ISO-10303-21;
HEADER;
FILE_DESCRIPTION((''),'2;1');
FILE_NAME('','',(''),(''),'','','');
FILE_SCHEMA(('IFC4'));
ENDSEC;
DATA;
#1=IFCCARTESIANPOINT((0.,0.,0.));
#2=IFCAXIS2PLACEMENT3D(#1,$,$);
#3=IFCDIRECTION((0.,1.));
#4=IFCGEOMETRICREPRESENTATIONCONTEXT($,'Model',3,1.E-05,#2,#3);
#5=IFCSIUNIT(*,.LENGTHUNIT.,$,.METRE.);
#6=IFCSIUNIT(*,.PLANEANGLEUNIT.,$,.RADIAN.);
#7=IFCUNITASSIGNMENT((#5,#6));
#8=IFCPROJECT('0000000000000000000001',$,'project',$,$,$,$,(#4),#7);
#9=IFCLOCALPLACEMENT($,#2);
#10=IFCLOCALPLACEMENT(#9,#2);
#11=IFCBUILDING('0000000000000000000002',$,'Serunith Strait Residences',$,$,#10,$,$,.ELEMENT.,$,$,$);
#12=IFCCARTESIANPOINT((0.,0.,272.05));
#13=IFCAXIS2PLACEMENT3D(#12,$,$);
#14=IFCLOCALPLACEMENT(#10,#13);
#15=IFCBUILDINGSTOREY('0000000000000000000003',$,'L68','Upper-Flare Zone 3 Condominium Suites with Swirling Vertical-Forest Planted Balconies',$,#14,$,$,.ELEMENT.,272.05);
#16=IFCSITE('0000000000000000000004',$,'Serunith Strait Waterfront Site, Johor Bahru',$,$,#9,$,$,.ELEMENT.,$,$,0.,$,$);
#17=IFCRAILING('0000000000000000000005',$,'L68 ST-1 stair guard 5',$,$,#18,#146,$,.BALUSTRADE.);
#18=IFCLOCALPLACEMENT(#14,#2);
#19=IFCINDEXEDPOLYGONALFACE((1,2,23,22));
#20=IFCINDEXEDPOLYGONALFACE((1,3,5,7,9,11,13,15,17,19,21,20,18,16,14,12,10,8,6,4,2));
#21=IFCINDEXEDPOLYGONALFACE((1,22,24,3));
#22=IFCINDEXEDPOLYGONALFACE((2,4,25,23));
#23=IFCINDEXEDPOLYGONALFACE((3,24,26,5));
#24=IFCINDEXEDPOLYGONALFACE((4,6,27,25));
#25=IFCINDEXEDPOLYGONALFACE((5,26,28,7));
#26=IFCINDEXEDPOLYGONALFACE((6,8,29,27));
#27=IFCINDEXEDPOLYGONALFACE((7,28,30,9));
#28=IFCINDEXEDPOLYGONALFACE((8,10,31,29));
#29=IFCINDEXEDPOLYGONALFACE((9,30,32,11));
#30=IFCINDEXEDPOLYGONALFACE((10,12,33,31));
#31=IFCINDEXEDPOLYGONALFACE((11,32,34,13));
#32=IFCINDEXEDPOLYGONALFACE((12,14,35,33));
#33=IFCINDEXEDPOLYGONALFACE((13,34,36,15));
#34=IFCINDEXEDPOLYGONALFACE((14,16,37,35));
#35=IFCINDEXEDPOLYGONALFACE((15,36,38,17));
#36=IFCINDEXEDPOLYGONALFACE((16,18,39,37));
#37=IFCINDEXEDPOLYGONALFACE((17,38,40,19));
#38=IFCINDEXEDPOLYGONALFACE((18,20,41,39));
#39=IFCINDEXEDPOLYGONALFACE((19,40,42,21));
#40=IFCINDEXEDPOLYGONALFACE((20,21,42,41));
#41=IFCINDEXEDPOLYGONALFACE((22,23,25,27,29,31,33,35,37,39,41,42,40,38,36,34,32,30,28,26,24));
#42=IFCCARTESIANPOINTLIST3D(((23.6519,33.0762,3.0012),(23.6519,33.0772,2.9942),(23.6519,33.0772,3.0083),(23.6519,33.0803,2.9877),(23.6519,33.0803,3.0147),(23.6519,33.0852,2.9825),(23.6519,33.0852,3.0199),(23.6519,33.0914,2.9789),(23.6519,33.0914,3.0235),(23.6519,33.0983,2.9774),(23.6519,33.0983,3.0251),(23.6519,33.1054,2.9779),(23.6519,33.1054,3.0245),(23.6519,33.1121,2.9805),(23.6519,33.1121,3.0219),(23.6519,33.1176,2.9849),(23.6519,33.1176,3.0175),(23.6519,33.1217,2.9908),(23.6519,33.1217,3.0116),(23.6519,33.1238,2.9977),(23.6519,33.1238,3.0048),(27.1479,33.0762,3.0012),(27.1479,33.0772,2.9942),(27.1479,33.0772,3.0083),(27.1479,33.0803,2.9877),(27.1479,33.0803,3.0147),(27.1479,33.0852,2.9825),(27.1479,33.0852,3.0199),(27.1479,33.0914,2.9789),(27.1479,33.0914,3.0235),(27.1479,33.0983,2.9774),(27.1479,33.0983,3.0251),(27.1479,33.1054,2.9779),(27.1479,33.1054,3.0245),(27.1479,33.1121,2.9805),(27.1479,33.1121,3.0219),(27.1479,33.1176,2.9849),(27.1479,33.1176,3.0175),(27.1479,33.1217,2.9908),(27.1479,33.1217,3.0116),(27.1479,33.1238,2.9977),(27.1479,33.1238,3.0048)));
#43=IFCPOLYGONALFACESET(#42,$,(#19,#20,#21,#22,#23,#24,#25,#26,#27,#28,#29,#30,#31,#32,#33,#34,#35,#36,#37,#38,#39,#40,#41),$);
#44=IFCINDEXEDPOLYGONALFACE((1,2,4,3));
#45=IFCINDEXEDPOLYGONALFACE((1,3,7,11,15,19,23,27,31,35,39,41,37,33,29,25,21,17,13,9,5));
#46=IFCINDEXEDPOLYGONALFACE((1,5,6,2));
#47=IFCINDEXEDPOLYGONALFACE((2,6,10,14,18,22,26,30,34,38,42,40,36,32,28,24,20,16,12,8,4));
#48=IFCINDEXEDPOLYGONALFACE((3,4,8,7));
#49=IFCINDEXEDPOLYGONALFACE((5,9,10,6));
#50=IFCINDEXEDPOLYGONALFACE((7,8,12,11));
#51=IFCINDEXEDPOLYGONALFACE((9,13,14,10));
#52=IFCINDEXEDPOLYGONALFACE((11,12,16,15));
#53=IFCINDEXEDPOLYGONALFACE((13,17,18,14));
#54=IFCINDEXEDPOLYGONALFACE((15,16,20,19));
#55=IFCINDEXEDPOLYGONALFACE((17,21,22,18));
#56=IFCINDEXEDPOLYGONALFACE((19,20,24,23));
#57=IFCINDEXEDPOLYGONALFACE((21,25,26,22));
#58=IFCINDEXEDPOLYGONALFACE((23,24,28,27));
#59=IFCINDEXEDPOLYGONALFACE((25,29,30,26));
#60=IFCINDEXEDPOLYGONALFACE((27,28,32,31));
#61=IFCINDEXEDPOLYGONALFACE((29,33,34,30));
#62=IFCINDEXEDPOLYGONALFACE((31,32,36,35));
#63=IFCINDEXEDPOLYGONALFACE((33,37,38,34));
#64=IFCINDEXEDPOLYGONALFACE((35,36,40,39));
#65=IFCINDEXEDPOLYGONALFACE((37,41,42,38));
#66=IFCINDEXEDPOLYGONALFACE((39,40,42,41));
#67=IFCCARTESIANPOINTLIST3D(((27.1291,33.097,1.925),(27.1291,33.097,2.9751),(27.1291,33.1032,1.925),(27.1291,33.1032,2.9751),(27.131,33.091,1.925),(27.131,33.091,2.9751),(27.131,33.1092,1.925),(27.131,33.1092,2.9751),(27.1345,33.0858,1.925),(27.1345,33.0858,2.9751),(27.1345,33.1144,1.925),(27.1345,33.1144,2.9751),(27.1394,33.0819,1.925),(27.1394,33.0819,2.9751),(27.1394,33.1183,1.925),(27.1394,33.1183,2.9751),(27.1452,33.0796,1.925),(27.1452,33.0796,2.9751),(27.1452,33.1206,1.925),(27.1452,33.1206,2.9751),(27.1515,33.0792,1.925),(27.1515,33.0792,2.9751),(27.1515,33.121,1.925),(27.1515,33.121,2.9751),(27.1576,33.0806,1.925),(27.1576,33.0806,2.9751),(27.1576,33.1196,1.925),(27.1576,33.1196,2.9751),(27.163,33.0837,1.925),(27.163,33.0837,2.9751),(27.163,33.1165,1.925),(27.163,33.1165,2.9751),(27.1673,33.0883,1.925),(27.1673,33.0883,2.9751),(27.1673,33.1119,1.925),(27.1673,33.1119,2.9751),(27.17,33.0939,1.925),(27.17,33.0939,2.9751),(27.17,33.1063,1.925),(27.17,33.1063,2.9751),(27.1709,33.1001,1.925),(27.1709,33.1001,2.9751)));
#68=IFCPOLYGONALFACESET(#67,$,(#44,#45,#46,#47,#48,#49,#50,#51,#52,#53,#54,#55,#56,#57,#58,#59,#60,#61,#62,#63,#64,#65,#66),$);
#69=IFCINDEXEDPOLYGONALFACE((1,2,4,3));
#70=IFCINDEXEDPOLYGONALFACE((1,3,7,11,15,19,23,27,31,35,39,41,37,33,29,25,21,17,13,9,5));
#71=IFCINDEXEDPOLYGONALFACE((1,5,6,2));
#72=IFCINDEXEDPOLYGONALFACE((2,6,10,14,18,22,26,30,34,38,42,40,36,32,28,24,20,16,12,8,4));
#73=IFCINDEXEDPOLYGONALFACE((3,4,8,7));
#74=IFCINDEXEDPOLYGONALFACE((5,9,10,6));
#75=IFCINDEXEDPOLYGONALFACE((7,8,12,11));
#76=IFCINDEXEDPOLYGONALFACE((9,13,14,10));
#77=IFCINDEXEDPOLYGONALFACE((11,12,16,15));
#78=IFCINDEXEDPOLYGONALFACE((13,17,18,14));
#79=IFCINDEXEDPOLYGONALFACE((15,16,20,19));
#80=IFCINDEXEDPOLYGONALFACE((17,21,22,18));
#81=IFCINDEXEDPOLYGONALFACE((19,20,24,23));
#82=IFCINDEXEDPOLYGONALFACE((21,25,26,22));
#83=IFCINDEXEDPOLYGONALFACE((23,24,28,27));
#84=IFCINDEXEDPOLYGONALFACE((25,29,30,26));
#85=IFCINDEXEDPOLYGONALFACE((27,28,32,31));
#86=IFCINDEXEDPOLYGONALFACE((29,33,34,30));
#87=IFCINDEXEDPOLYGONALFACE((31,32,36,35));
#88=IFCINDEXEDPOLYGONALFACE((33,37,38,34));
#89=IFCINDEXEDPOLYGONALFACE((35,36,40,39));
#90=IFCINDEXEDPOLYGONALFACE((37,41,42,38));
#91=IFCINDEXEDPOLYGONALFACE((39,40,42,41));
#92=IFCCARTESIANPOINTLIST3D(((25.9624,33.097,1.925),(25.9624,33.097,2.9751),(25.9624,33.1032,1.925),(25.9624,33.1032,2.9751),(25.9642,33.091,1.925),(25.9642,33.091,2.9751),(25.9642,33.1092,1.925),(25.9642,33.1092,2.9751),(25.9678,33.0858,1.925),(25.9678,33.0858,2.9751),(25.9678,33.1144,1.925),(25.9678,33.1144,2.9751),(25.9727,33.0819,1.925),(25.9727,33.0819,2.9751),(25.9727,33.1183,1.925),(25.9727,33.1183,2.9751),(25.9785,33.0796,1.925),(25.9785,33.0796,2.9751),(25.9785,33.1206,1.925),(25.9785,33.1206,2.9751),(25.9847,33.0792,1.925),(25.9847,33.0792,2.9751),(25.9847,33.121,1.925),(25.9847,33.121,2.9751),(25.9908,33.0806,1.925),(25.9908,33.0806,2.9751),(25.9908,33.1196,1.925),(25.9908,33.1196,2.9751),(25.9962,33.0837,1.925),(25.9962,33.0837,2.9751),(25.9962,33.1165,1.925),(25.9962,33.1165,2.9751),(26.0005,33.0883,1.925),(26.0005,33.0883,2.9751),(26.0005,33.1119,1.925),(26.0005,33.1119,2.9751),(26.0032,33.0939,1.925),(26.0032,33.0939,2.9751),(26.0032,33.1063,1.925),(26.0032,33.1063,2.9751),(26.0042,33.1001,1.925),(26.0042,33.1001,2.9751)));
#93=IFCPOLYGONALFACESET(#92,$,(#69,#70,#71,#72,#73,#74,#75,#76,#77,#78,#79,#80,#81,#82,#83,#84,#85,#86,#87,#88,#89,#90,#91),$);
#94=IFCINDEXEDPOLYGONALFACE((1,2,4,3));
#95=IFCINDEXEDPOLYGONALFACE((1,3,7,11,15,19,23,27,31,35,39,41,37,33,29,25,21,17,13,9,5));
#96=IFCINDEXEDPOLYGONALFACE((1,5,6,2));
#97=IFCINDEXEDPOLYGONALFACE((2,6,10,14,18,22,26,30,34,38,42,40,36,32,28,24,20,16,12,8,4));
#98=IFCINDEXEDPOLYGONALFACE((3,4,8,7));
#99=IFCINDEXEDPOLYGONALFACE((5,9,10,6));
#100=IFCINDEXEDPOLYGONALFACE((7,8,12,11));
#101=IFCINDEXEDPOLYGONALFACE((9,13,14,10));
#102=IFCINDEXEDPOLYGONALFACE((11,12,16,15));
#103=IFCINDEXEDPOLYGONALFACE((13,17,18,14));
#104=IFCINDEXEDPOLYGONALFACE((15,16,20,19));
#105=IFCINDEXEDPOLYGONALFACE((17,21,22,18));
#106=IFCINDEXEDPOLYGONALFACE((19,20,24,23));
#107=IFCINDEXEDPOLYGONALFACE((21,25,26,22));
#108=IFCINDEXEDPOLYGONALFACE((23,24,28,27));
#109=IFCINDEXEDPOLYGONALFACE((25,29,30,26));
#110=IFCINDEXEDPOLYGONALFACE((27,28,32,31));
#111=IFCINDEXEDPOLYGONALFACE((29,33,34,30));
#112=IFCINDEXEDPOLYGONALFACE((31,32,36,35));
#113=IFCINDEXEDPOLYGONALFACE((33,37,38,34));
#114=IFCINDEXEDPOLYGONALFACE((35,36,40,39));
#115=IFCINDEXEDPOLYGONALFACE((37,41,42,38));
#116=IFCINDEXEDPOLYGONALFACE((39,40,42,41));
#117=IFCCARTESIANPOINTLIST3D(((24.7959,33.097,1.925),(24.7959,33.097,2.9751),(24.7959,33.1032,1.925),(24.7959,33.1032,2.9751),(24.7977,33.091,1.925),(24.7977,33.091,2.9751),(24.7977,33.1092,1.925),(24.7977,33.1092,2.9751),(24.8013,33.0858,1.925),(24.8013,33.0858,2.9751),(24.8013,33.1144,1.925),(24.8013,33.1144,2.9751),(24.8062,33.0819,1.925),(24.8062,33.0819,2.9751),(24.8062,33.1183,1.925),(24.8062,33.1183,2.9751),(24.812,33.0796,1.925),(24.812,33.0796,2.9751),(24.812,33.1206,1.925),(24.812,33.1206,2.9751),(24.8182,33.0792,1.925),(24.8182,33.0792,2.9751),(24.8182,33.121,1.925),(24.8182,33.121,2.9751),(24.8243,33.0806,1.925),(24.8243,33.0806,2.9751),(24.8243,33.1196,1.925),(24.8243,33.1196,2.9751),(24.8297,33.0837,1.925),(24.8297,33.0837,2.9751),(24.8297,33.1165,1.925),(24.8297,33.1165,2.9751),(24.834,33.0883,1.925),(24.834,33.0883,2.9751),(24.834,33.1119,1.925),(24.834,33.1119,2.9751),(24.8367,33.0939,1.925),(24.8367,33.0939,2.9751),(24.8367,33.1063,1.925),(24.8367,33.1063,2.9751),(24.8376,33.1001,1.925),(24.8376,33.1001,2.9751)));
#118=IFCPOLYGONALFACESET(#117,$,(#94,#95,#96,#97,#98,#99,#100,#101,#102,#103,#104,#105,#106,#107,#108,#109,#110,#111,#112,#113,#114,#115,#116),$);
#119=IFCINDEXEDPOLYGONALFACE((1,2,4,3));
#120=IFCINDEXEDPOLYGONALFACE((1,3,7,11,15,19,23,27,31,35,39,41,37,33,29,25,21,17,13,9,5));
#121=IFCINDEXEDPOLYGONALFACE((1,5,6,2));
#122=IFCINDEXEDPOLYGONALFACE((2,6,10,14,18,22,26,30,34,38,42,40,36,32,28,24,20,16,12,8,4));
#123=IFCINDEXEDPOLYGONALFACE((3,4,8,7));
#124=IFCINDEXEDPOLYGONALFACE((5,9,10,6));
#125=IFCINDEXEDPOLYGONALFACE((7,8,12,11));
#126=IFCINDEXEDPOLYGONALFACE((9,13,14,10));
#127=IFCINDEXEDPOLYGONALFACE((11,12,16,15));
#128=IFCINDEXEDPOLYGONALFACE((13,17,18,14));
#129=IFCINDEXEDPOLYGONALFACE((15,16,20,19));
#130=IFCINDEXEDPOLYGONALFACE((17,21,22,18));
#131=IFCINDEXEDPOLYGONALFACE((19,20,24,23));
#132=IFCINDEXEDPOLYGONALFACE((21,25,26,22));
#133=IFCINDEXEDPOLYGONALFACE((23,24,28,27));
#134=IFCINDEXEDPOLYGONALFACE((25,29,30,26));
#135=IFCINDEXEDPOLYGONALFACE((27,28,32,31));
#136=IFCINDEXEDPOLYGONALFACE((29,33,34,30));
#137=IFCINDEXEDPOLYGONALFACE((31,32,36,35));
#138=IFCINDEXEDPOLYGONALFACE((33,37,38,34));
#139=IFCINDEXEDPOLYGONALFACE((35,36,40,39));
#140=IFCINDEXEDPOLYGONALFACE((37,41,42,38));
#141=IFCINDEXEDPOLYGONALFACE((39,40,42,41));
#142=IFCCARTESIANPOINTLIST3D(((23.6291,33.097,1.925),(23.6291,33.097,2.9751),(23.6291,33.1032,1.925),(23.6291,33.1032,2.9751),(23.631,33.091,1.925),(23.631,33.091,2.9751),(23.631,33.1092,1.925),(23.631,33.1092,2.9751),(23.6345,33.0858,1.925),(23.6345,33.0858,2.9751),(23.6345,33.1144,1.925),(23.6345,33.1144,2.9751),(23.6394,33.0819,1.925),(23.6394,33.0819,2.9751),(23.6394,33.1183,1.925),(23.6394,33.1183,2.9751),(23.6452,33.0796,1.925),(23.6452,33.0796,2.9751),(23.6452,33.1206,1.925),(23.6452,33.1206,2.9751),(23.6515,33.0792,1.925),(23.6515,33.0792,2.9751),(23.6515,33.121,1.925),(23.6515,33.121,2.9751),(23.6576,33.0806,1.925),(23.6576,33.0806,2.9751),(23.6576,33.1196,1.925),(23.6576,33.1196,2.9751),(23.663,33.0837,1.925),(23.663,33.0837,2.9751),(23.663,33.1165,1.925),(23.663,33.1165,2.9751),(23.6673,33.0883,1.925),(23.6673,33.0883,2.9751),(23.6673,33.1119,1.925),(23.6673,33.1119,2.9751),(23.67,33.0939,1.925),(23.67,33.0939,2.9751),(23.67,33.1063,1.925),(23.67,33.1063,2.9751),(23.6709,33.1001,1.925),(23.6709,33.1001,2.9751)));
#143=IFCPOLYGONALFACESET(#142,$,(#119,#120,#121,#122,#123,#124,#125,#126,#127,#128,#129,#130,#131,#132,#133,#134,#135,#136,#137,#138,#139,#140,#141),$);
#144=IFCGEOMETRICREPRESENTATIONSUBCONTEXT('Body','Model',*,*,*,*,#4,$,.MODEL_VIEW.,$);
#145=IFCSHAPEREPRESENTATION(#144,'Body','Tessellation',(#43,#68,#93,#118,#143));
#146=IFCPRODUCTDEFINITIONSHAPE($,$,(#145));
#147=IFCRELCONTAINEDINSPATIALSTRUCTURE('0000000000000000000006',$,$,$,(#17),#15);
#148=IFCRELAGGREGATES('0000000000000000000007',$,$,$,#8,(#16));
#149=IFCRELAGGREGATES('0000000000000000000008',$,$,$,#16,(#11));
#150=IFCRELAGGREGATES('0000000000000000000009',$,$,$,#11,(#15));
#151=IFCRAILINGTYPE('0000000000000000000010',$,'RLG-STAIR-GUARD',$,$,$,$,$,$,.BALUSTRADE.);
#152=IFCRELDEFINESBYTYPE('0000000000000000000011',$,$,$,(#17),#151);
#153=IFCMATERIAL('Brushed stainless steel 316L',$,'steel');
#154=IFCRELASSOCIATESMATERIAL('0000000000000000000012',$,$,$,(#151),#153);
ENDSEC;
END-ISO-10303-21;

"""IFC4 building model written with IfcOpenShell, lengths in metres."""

from ifc_helpers import new_model, si_unit, direction, frame, origin, origin_2d, place, context, subcontext, project, spatial, circle, extrude, material, type_object, element, save


model = new_model("IFC4")

# Units and contexts
model_context = context("Model", 3, precision=1e-05, world=origin(), true_north=direction((0.0, 1.0)))
body_context = subcontext(model_context, "Body", "Model", "MODEL_VIEW")
ifc_project = project(units=[si_unit("LENGTHUNIT", "METRE"), si_unit("PLANEANGLEUNIT", "RADIAN")], contexts=[model_context])

# Site, building, storey
site_placement = place(None, origin())
site = spatial("IfcSite", under=ifc_project, at=site_placement, Name="Serunith Strait Waterfront Site, Johor Bahru", CompositionType="ELEMENT", RefElevation=0.0)
building_placement = place(site_placement, origin())
building = spatial("IfcBuilding", under=site, at=building_placement, Name="Serunith Strait Residences", CompositionType="ELEMENT")
storey_placement = place(building_placement, frame((0.0, 0.0, 272.05)))
storey = spatial("IfcBuildingStorey", under=building, at=storey_placement, Name="L68", Description="Upper-Flare Zone 3 Condominium Suites with Swirling Vertical-Forest Planted Balconies", CompositionType="ELEMENT", Elevation=272.05)

# Railing
ifc_material_1 = material(Name="Brushed stainless steel 316L", Category="steel")
railing_type_1 = type_object("IfcRailingType", Name="RLG-STAIR-GUARD", PredefinedType="BALUSTRADE", material=ifc_material_1)
railing_1_placement = place(storey_placement, frame((27.1499, 33.1001, 1.925)))
element("IfcRailing", 1, at=railing_1_placement, inside=storey, type_object=railing_type_1, Name="L68 ST-1 stair guard 5", PredefinedType="BALUSTRADE", context=body_context, shape_type="SweptSolid", body=[
    extrude(circle(Radius=0.0239, at=origin_2d()), frame((-0.002, 0.0, 1.0762), z_axis=(-1.0, 0.0, 0.0), x_axis=(0.0, -1.0, 0.0)), (0.0, 0.0, 1.0), 3.4961),
    extrude(circle(Radius=0.021, at=origin_2d()), origin(), (0.0, 0.0, 1.0), 1.05),
    extrude(circle(Radius=0.021, at=origin_2d()), frame((-1.1667, 0.0, 0.0)), (0.0, 0.0, 1.0), 1.05),
    extrude(circle(Radius=0.021, at=origin_2d()), frame((-2.3333, 0.0, 0.0)), (0.0, 0.0, 1.0), 1.05),
    extrude(circle(Radius=0.021, at=origin_2d()), frame((-3.5, 0.0, 0.0)), (0.0, 0.0, 1.0), 1.05),
])

save(model, "model.ifc")
